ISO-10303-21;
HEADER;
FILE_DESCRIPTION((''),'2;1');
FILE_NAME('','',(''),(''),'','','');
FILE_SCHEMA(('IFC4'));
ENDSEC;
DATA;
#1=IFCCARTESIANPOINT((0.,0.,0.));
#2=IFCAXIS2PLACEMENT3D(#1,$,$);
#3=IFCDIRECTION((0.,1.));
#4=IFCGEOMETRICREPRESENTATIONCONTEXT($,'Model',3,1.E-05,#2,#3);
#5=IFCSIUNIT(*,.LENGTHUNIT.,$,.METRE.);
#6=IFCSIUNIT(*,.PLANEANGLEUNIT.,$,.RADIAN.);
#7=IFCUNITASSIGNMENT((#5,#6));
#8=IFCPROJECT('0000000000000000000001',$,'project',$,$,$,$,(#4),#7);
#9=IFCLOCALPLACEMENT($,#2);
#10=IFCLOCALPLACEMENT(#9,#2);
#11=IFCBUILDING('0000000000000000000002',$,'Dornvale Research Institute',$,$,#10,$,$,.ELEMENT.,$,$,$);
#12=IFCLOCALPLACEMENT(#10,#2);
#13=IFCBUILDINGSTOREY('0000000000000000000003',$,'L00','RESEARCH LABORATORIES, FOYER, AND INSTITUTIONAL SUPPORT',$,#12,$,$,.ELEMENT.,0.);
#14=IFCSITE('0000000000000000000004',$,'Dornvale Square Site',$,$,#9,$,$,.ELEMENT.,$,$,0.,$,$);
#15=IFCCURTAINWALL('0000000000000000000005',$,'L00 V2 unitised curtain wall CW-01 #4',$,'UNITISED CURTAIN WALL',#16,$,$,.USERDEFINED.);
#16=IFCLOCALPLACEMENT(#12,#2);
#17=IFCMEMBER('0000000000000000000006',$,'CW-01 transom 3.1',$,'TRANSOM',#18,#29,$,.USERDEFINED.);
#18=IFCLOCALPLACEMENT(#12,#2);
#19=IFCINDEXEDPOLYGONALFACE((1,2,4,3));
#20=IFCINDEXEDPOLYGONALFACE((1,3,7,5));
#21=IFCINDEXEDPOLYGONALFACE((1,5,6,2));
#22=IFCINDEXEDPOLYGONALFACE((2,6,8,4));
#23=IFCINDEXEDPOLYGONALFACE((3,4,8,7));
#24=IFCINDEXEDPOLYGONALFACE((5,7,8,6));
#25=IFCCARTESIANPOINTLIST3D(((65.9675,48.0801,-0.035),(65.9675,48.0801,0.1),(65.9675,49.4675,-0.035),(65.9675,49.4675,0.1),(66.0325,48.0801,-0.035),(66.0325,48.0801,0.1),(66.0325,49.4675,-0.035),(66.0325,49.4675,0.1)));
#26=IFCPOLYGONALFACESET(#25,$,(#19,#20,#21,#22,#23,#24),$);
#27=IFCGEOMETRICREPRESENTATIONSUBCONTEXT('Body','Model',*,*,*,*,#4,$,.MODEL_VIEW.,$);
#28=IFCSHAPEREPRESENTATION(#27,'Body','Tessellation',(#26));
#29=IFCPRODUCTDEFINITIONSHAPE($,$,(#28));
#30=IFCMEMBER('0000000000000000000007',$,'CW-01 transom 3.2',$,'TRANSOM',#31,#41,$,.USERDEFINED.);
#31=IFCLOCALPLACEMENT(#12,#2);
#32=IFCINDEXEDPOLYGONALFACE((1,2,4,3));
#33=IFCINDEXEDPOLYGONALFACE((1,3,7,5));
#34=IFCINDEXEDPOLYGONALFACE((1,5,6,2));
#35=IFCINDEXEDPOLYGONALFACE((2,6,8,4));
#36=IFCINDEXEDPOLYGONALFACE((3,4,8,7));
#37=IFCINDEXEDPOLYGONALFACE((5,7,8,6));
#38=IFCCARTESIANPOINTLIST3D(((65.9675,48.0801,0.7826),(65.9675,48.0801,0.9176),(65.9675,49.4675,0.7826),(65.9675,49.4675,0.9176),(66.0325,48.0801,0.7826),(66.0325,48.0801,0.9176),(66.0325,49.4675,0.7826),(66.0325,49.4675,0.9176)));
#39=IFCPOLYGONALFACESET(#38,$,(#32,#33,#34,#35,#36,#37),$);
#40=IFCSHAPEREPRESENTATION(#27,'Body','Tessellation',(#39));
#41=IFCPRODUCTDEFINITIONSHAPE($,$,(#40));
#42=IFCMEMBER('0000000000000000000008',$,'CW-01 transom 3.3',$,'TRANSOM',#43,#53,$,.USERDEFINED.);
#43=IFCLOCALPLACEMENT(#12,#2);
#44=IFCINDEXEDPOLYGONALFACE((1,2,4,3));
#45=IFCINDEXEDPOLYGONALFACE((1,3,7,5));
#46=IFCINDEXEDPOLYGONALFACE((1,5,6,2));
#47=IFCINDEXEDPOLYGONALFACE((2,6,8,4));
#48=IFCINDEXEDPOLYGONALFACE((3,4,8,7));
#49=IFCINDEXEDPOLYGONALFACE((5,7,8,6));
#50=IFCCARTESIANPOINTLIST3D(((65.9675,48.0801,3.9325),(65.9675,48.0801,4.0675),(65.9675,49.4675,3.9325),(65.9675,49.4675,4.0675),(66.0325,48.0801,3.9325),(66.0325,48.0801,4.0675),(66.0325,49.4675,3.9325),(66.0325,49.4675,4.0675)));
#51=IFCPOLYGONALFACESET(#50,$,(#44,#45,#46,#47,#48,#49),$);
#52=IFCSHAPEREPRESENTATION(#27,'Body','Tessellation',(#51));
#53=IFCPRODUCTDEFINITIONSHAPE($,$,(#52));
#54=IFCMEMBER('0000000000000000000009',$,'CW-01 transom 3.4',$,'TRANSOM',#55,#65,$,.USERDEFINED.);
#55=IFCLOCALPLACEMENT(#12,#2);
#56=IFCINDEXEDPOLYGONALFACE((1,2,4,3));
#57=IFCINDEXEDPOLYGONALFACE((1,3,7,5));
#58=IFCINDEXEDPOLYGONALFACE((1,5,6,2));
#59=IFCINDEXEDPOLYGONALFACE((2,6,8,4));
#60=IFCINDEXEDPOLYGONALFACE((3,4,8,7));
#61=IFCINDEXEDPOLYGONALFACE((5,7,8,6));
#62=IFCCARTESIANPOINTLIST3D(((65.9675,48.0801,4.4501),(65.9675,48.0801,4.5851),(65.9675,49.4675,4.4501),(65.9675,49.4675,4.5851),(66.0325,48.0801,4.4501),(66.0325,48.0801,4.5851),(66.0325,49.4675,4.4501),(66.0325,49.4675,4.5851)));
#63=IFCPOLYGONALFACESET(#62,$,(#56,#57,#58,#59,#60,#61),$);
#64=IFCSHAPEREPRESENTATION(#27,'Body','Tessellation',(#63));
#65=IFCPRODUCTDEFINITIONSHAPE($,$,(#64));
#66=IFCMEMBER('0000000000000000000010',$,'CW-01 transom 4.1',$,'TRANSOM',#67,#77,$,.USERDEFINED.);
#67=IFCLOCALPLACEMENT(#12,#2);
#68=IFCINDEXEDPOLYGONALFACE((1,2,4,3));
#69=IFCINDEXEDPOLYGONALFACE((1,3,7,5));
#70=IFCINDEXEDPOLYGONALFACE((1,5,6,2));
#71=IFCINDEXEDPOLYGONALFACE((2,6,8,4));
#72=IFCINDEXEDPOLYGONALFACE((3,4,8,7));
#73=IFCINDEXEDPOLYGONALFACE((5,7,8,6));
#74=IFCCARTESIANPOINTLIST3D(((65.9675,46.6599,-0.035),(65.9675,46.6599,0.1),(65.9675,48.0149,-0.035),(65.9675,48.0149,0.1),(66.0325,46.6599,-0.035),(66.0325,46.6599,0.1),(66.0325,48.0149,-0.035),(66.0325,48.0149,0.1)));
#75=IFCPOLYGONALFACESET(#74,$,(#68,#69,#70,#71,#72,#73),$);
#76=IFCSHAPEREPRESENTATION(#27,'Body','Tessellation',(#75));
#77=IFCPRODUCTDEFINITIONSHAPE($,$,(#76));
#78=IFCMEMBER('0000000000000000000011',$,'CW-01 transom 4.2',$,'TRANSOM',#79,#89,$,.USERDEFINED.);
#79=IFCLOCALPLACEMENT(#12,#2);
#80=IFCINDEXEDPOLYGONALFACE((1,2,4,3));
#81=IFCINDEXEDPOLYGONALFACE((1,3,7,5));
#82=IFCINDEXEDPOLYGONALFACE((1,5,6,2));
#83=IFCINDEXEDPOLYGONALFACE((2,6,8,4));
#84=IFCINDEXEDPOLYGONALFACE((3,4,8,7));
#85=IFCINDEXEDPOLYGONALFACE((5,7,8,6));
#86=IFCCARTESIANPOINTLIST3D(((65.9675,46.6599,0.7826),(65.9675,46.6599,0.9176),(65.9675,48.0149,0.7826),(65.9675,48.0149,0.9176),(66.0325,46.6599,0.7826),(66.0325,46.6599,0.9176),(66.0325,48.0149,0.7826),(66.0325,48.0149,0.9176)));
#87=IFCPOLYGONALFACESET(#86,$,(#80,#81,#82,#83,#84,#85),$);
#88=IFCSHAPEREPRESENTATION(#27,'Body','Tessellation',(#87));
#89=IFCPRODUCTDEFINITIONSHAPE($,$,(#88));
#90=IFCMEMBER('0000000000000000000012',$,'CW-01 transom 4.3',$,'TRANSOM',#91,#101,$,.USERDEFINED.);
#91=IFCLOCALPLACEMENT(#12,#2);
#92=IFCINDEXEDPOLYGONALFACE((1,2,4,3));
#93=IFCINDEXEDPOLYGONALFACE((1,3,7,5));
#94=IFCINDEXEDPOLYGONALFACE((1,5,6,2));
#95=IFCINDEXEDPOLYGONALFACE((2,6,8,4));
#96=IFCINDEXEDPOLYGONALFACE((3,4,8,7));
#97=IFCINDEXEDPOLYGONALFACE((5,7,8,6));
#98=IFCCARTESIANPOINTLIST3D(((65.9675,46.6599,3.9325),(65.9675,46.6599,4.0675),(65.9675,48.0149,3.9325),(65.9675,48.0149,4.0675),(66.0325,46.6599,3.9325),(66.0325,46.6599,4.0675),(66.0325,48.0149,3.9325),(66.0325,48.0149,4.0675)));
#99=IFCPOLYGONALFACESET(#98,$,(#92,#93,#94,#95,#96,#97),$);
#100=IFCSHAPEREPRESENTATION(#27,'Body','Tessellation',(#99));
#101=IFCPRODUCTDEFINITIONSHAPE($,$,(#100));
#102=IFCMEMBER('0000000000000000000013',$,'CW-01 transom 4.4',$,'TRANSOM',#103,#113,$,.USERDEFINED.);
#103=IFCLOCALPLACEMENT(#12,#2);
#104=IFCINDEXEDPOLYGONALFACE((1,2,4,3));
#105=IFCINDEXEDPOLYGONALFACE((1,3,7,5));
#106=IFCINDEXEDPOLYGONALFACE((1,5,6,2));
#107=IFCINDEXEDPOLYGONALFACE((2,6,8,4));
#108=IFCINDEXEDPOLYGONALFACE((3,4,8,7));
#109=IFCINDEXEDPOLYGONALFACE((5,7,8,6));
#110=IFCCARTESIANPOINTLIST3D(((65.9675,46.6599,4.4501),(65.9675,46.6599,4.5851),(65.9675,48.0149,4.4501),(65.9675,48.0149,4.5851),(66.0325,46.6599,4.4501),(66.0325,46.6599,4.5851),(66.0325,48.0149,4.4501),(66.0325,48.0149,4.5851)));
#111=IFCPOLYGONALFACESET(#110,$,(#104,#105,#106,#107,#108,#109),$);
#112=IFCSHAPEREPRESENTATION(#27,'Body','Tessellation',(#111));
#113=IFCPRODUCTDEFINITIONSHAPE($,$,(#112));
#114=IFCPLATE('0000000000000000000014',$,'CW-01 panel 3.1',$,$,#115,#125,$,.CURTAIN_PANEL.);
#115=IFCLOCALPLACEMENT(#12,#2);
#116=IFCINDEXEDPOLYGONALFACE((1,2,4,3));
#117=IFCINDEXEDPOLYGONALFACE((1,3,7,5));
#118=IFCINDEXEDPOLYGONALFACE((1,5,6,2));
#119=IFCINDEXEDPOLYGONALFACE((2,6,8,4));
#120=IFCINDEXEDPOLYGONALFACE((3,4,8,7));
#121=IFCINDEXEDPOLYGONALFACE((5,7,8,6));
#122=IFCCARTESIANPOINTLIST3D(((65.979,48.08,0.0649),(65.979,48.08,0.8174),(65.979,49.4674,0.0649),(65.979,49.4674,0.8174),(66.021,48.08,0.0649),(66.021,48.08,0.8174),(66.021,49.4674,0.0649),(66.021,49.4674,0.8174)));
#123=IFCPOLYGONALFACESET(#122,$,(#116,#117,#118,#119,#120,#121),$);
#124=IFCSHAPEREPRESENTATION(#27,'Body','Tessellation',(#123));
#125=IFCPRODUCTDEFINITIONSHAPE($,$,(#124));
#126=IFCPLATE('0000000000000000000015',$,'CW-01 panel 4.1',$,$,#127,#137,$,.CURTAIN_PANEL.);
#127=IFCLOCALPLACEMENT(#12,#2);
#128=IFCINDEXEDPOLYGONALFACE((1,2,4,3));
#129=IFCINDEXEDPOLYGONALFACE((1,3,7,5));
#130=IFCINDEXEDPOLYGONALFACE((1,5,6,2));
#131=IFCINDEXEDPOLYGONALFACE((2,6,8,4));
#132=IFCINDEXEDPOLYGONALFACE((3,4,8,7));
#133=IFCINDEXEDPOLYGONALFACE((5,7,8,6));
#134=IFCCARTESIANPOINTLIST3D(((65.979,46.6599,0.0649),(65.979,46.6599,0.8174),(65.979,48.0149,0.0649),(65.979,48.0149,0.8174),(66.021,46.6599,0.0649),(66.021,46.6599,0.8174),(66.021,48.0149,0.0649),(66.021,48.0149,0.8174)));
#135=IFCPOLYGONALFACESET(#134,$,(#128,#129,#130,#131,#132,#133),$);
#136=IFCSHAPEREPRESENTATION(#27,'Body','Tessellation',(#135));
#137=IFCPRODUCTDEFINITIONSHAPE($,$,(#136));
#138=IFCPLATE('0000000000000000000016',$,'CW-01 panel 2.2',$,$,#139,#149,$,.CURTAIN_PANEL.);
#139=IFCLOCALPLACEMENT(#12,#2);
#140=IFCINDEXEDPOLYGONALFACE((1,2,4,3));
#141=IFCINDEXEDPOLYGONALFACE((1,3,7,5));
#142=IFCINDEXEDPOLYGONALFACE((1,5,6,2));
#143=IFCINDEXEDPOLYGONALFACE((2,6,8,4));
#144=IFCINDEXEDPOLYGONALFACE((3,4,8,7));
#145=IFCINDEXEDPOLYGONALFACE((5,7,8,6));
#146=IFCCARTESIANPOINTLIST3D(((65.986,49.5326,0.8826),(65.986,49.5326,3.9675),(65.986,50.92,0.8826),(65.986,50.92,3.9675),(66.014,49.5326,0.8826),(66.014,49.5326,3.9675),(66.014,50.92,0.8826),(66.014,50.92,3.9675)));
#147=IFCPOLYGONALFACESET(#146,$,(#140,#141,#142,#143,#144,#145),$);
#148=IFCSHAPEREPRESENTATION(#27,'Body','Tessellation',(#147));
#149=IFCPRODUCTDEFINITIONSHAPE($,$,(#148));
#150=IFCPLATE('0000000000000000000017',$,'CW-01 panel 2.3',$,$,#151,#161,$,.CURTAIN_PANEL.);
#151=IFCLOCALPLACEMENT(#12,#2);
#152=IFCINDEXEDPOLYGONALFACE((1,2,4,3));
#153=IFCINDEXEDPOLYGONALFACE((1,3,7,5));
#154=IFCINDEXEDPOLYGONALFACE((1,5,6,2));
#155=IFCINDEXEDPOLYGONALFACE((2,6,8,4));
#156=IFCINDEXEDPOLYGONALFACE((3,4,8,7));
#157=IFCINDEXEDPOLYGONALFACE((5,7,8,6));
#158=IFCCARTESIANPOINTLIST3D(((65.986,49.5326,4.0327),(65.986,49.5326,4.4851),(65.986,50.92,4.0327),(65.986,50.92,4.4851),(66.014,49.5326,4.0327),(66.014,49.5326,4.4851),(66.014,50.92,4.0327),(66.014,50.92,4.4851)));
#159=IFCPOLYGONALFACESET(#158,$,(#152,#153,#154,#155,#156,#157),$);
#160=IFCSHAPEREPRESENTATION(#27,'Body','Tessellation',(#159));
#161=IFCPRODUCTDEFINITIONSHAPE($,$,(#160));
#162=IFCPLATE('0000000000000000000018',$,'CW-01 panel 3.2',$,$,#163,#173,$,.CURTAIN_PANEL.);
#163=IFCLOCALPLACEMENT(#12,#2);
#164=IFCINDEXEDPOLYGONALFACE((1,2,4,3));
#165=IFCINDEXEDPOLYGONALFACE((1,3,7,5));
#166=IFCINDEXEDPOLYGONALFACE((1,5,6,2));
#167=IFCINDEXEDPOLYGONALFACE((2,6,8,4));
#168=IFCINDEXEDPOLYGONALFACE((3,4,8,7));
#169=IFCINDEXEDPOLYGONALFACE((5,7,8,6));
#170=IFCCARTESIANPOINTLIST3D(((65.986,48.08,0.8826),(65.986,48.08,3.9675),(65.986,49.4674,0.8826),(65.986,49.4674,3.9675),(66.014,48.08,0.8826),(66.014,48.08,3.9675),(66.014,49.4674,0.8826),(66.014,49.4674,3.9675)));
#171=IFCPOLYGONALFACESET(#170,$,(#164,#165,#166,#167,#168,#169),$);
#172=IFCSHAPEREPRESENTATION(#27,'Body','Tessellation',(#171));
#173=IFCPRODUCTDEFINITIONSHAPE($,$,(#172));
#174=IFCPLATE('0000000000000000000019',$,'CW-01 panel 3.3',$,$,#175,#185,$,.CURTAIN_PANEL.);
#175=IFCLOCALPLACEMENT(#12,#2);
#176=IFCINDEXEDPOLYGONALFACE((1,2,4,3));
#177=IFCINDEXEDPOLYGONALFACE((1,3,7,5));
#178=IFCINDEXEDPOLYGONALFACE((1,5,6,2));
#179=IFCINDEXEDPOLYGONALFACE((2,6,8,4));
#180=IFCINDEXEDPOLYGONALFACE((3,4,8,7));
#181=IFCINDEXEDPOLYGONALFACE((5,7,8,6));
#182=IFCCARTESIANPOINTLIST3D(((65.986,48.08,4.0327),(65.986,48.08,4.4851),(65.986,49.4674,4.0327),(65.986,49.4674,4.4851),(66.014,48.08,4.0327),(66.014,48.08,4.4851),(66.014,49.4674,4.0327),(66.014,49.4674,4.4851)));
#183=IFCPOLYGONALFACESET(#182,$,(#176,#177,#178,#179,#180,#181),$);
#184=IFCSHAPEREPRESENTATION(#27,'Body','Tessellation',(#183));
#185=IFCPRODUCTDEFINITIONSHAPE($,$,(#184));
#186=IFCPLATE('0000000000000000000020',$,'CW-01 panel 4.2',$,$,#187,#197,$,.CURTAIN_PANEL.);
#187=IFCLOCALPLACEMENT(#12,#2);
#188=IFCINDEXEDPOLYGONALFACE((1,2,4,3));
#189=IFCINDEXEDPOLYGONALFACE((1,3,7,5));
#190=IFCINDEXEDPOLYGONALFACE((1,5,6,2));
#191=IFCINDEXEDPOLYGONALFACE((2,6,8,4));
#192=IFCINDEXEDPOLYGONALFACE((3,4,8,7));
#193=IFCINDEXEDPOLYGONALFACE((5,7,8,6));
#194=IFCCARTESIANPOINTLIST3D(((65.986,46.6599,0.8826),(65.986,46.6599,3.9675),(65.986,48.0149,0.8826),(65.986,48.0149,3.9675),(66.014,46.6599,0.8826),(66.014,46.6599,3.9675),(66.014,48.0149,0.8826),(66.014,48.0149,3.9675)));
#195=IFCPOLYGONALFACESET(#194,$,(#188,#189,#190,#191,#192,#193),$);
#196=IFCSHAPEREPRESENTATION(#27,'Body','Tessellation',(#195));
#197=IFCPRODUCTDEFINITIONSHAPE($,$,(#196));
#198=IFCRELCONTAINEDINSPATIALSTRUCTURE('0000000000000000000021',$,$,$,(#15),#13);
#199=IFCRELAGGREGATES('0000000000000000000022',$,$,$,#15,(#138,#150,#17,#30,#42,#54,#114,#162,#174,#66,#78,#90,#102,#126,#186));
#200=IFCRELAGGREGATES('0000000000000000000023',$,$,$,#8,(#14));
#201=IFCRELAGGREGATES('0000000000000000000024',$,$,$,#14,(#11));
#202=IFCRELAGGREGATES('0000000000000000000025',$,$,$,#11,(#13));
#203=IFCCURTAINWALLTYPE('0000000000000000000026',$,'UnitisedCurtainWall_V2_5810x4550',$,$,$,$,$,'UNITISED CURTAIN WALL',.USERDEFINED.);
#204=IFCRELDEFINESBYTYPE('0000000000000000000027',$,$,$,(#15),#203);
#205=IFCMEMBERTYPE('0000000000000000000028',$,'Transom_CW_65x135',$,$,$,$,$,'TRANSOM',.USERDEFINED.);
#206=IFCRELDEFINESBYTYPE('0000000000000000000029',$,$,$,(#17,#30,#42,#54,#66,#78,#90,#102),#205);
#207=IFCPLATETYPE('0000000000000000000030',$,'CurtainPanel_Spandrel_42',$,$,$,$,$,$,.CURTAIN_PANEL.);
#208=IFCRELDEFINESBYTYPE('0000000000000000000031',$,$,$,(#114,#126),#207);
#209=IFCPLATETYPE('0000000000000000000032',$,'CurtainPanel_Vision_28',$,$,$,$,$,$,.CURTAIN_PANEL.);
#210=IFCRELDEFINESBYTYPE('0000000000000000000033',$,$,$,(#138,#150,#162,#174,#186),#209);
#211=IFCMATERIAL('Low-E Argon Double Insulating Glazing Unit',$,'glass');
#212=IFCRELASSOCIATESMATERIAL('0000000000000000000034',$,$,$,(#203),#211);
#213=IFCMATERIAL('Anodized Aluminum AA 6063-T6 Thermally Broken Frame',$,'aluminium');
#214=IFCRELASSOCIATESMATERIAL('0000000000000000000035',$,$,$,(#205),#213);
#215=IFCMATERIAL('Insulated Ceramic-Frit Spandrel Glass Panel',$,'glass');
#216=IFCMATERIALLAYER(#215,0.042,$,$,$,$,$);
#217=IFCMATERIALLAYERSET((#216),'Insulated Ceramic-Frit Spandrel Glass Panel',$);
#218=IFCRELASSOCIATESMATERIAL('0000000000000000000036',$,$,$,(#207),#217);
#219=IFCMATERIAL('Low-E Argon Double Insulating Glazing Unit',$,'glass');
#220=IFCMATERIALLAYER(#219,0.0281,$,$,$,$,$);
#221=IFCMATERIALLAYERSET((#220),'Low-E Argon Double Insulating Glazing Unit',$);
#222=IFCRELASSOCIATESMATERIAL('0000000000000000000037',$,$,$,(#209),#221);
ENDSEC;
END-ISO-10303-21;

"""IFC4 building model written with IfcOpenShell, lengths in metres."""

from ifc_helpers import new_model, si_unit, direction, frame, origin, origin_2d, place, context, subcontext, project, spatial, rectangle, extrude, material, layer, layer_set, material_profile, profile_set, type_object, element, aggregate, save


model = new_model("IFC4")

# Units and contexts
model_context = context("Model", 3, precision=1e-05, world=origin(), true_north=direction((0.0, 1.0)))
body_context = subcontext(model_context, "Body", "Model", "MODEL_VIEW")
ifc_project = project(units=[si_unit("LENGTHUNIT", "METRE"), si_unit("PLANEANGLEUNIT", "RADIAN")], contexts=[model_context])

# Site, building, storey
site_placement = place(None, origin())
site = spatial("IfcSite", under=ifc_project, at=site_placement, Name="Dornvale Square Site", CompositionType="ELEMENT", RefElevation=0.0)
building_placement = place(site_placement, origin())
building = spatial("IfcBuilding", under=site, at=building_placement, Name="Dornvale Research Institute", CompositionType="ELEMENT")
storey_placement = place(building_placement, origin())
storey = spatial("IfcBuildingStorey", under=building, at=storey_placement, Name="L00", Description="RESEARCH LABORATORIES, FOYER, AND INSTITUTIONAL SUPPORT", CompositionType="ELEMENT", Elevation=0.0)

# Curtain wall, members, plates
ifc_material_1 = material(Name="Low-E Argon Double Insulating Glazing Unit", Category="glass")
curtain_wall_type = type_object("IfcCurtainWallType", Name="UnitisedCurtainWall_V2_5810x4550", ElementType="UNITISED CURTAIN WALL", PredefinedType="USERDEFINED", material=ifc_material_1)
curtain_wall_placement = place(storey_placement, origin())
curtain_wall = element("IfcCurtainWall", 1, at=curtain_wall_placement, inside=storey, type_object=curtain_wall_type, Name="L00 V2 unitised curtain wall CW-01 #4", ObjectType="UNITISED CURTAIN WALL", PredefinedType="USERDEFINED")
ifc_material_2 = material(Name="Anodized Aluminum AA 6063-T6 Thermally Broken Frame", Category="aluminium")
ifc_material_profile = material_profile(ifc_material_2, rectangle(XDim=0.0649, YDim=0.135, at=origin_2d()), Name="ALU TRANSOM 65x135")
ifc_profile_set = profile_set([ifc_material_profile], Name="Anodized Aluminum AA 6063-T6 Thermally Broken Frame")
member_type = type_object("IfcMemberType", Name="Transom_CW_65x135", ElementType="TRANSOM", PredefinedType="USERDEFINED", material=ifc_profile_set)
member_1_placement = place(storey_placement, frame((66.0, 49.4675, 0.0325), z_axis=(0.0, -1.0, 0.0), x_axis=(1.0, 0.0, 0.0)))
member_1 = element("IfcMember", 2, at=member_1_placement, type_object=member_type, Name="CW-01 transom 3.1", ObjectType="TRANSOM", PredefinedType="USERDEFINED", context=body_context, shape_type="SweptSolid", body=[
    extrude(rectangle(XDim=0.0649, YDim=0.135, at=origin_2d()), origin(), (0.0, 0.0, 1.0), 1.3875),
])
member_2_placement = place(storey_placement, frame((66.0, 49.4675, 0.8501), z_axis=(0.0, -1.0, 0.0), x_axis=(1.0, 0.0, 0.0)))
member_2 = element("IfcMember", 3, at=member_2_placement, type_object=member_type, Name="CW-01 transom 3.2", ObjectType="TRANSOM", PredefinedType="USERDEFINED", context=body_context, shape_type="SweptSolid", body=[
    extrude(rectangle(XDim=0.0649, YDim=0.135, at=origin_2d()), origin(), (0.0, 0.0, 1.0), 1.3875),
])
member_3_placement = place(storey_placement, frame((66.0, 49.4675, 4.0), z_axis=(0.0, -1.0, 0.0), x_axis=(1.0, 0.0, 0.0)))
member_3 = element("IfcMember", 4, at=member_3_placement, type_object=member_type, Name="CW-01 transom 3.3", ObjectType="TRANSOM", PredefinedType="USERDEFINED", context=body_context, shape_type="SweptSolid", body=[
    extrude(rectangle(XDim=0.0649, YDim=0.135, at=origin_2d()), origin(), (0.0, 0.0, 1.0), 1.3875),
])
member_4_placement = place(storey_placement, frame((66.0, 49.4675, 4.5176), z_axis=(0.0, -1.0, 0.0), x_axis=(1.0, 0.0, 0.0)))
member_4 = element("IfcMember", 5, at=member_4_placement, type_object=member_type, Name="CW-01 transom 3.4", ObjectType="TRANSOM", PredefinedType="USERDEFINED", context=body_context, shape_type="SweptSolid", body=[
    extrude(rectangle(XDim=0.0649, YDim=0.135, at=origin_2d()), origin(), (0.0, 0.0, 1.0), 1.3875),
])
member_5_placement = place(storey_placement, frame((66.0, 48.0149, 0.0325), z_axis=(0.0, -1.0, 0.0), x_axis=(1.0, 0.0, 0.0)))
member_5 = element("IfcMember", 6, at=member_5_placement, type_object=member_type, Name="CW-01 transom 4.1", ObjectType="TRANSOM", PredefinedType="USERDEFINED", context=body_context, shape_type="SweptSolid", body=[
    extrude(rectangle(XDim=0.0649, YDim=0.135, at=origin_2d()), origin(), (0.0, 0.0, 1.0), 1.355),
])
member_6_placement = place(storey_placement, frame((66.0, 48.0149, 0.8501), z_axis=(0.0, -1.0, 0.0), x_axis=(1.0, 0.0, 0.0)))
member_6 = element("IfcMember", 7, at=member_6_placement, type_object=member_type, Name="CW-01 transom 4.2", ObjectType="TRANSOM", PredefinedType="USERDEFINED", context=body_context, shape_type="SweptSolid", body=[
    extrude(rectangle(XDim=0.0649, YDim=0.135, at=origin_2d()), origin(), (0.0, 0.0, 1.0), 1.355),
])
member_7_placement = place(storey_placement, frame((66.0, 48.0149, 4.0), z_axis=(0.0, -1.0, 0.0), x_axis=(1.0, 0.0, 0.0)))
member_7 = element("IfcMember", 8, at=member_7_placement, type_object=member_type, Name="CW-01 transom 4.3", ObjectType="TRANSOM", PredefinedType="USERDEFINED", context=body_context, shape_type="SweptSolid", body=[
    extrude(rectangle(XDim=0.0649, YDim=0.135, at=origin_2d()), origin(), (0.0, 0.0, 1.0), 1.355),
])
member_8_placement = place(storey_placement, frame((66.0, 48.0149, 4.5176), z_axis=(0.0, -1.0, 0.0), x_axis=(1.0, 0.0, 0.0)))
member_8 = element("IfcMember", 9, at=member_8_placement, type_object=member_type, Name="CW-01 transom 4.4", ObjectType="TRANSOM", PredefinedType="USERDEFINED", context=body_context, shape_type="SweptSolid", body=[
    extrude(rectangle(XDim=0.0649, YDim=0.135, at=origin_2d()), origin(), (0.0, 0.0, 1.0), 1.355),
])
ifc_material_3 = material(Name="Insulated Ceramic-Frit Spandrel Glass Panel", Category="glass")
ifc_layer_1 = layer(ifc_material_3, 0.042)
ifc_layer_set_1 = layer_set([ifc_layer_1], Name="Insulated Ceramic-Frit Spandrel Glass Panel")
plate_type_1 = type_object("IfcPlateType", Name="CurtainPanel_Spandrel_42", PredefinedType="CURTAIN_PANEL", material=ifc_layer_set_1)
plate_1_placement = place(storey_placement, frame((66.0, 48.7737, 0.0649), z_axis=(0.0, 0.0, 1.0), x_axis=(0.0, -1.0, 0.0)))
plate_1 = element("IfcPlate", 10, at=plate_1_placement, type_object=plate_type_1, Name="CW-01 panel 3.1", PredefinedType="CURTAIN_PANEL", context=body_context, shape_type="SweptSolid", body=[
    extrude(rectangle(XDim=1.3875, YDim=0.042, at=origin_2d()), origin(), (0.0, 0.0, 1.0), 0.7524),
])
plate_2_placement = place(storey_placement, frame((66.0, 47.3374, 0.0649), z_axis=(0.0, 0.0, 1.0), x_axis=(0.0, -1.0, 0.0)))
plate_2 = element("IfcPlate", 11, at=plate_2_placement, type_object=plate_type_1, Name="CW-01 panel 4.1", PredefinedType="CURTAIN_PANEL", context=body_context, shape_type="SweptSolid", body=[
    extrude(rectangle(XDim=1.355, YDim=0.042, at=origin_2d()), origin(), (0.0, 0.0, 1.0), 0.7524),
])
ifc_material_4 = material(Name="Low-E Argon Double Insulating Glazing Unit", Category="glass")
ifc_layer_2 = layer(ifc_material_4, 0.0281)
ifc_layer_set_2 = layer_set([ifc_layer_2], Name="Low-E Argon Double Insulating Glazing Unit")
plate_type_2 = type_object("IfcPlateType", Name="CurtainPanel_Vision_28", PredefinedType="CURTAIN_PANEL", material=ifc_layer_set_2)
plate_3_placement = place(storey_placement, frame((66.0, 50.2263, 0.8826), z_axis=(0.0, 0.0, 1.0), x_axis=(0.0, -1.0, 0.0)))
plate_3 = element("IfcPlate", 12, at=plate_3_placement, type_object=plate_type_2, Name="CW-01 panel 2.2", PredefinedType="CURTAIN_PANEL", context=body_context, shape_type="SweptSolid", body=[
    extrude(rectangle(XDim=1.3875, YDim=0.0281, at=origin_2d()), origin(), (0.0, 0.0, 1.0), 3.085),
])
plate_4_placement = place(storey_placement, frame((66.0, 50.2263, 4.0327), z_axis=(0.0, 0.0, 1.0), x_axis=(0.0, -1.0, 0.0)))
plate_4 = element("IfcPlate", 13, at=plate_4_placement, type_object=plate_type_2, Name="CW-01 panel 2.3", PredefinedType="CURTAIN_PANEL", context=body_context, shape_type="SweptSolid", body=[
    extrude(rectangle(XDim=1.3875, YDim=0.0281, at=origin_2d()), origin(), (0.0, 0.0, 1.0), 0.4524),
])
plate_5_placement = place(storey_placement, frame((66.0, 48.7737, 0.8826), z_axis=(0.0, 0.0, 1.0), x_axis=(0.0, -1.0, 0.0)))
plate_5 = element("IfcPlate", 14, at=plate_5_placement, type_object=plate_type_2, Name="CW-01 panel 3.2", PredefinedType="CURTAIN_PANEL", context=body_context, shape_type="SweptSolid", body=[
    extrude(rectangle(XDim=1.3875, YDim=0.0281, at=origin_2d()), origin(), (0.0, 0.0, 1.0), 3.085),
])
plate_6_placement = place(storey_placement, frame((66.0, 48.7737, 4.0327), z_axis=(0.0, 0.0, 1.0), x_axis=(0.0, -1.0, 0.0)))
plate_6 = element("IfcPlate", 15, at=plate_6_placement, type_object=plate_type_2, Name="CW-01 panel 3.3", PredefinedType="CURTAIN_PANEL", context=body_context, shape_type="SweptSolid", body=[
    extrude(rectangle(XDim=1.3875, YDim=0.0281, at=origin_2d()), origin(), (0.0, 0.0, 1.0), 0.4524),
])
plate_7_placement = place(storey_placement, frame((66.0, 47.3374, 0.8826), z_axis=(0.0, 0.0, 1.0), x_axis=(0.0, -1.0, 0.0)))
plate_7 = element("IfcPlate", 16, at=plate_7_placement, type_object=plate_type_2, Name="CW-01 panel 4.2", PredefinedType="CURTAIN_PANEL", context=body_context, shape_type="SweptSolid", body=[
    extrude(rectangle(XDim=1.355, YDim=0.0281, at=origin_2d()), origin(), (0.0, 0.0, 1.0), 3.085),
])
aggregate(curtain_wall, [plate_3, plate_4, member_1, member_2, member_3, member_4, plate_1, plate_5, plate_6, member_5, member_6, member_7, member_8, plate_2, plate_7])

save(model, "model.ifc")
